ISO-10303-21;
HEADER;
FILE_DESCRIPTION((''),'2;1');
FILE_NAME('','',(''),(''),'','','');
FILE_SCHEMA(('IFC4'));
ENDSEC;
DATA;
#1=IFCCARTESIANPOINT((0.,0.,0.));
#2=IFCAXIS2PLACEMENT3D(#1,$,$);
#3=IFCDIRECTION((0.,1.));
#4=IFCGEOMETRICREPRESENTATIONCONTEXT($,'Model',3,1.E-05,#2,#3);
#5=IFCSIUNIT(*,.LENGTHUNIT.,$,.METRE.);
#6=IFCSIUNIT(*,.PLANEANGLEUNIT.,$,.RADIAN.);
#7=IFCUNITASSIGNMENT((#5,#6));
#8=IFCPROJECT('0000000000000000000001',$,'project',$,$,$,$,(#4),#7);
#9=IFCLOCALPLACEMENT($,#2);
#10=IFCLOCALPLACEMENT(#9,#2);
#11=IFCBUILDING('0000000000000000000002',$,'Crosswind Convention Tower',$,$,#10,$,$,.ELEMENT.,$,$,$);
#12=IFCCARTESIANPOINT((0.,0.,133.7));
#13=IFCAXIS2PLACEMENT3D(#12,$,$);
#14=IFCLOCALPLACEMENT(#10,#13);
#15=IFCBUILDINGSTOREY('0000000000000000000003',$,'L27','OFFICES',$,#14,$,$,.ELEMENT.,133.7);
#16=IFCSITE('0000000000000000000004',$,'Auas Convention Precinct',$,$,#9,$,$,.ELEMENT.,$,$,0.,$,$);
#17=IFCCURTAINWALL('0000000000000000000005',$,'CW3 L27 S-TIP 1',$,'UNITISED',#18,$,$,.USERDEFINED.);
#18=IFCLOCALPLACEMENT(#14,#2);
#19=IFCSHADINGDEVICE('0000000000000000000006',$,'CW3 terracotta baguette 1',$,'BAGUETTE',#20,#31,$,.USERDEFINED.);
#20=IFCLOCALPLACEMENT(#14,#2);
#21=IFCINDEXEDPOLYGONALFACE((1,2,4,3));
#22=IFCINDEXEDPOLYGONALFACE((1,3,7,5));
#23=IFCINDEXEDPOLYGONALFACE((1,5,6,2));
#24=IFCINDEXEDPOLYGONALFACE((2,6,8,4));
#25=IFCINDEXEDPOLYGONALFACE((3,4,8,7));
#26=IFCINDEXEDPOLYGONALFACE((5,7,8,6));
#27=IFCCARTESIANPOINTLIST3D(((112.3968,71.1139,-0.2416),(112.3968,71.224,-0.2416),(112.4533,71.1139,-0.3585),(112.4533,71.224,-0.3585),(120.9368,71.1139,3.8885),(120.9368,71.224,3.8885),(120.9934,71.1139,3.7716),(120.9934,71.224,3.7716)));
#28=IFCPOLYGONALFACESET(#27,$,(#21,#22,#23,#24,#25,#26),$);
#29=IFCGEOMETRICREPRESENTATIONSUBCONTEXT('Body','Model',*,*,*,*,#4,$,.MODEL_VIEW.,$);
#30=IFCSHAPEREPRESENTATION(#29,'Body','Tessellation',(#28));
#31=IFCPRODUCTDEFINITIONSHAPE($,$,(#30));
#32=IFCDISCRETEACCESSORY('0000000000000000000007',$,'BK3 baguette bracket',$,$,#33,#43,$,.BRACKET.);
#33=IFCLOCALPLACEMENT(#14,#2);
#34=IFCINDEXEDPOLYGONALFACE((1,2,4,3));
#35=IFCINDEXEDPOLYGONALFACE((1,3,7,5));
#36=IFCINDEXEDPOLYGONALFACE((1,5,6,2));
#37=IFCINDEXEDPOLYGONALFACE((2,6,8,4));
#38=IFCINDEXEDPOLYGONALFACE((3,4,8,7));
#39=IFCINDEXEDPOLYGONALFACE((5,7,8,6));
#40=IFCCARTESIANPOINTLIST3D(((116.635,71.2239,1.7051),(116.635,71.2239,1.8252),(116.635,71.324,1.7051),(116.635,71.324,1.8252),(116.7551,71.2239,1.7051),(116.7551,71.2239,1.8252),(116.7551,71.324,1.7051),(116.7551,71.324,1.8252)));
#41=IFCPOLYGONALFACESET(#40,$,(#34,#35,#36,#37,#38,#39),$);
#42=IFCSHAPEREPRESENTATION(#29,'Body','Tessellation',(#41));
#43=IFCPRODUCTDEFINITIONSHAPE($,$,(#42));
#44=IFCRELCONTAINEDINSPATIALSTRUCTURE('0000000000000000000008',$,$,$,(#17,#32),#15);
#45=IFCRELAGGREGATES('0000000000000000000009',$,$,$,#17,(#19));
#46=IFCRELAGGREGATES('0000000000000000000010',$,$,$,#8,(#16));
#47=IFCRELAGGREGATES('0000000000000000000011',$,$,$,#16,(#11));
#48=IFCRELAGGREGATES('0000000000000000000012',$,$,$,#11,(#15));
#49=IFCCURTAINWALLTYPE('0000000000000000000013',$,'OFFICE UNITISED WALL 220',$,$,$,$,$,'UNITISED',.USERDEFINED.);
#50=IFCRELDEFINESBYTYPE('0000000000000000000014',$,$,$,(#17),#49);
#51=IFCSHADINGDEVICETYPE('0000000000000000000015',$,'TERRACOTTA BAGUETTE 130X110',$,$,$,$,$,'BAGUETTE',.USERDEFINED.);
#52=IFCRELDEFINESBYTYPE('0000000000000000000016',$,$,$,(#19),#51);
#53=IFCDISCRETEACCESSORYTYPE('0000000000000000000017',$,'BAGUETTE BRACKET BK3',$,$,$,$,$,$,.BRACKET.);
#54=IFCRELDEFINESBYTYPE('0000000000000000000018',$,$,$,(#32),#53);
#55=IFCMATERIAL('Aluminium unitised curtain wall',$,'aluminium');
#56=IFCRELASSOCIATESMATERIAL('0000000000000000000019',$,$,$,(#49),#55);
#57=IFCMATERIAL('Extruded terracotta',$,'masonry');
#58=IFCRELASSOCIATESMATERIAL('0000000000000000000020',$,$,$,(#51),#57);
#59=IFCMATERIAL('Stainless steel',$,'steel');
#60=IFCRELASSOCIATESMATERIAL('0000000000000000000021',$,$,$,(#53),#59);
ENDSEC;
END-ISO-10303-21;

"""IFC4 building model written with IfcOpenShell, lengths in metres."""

from ifc_helpers import new_model, si_unit, direction, frame, origin, origin_2d, place, context, subcontext, project, spatial, rectangle, extrude, material, material_profile, profile_set, type_object, element, aggregate, save


model = new_model("IFC4")

# Units and contexts
model_context = context("Model", 3, precision=1e-05, world=origin(), true_north=direction((0.0, 1.0)))
body_context = subcontext(model_context, "Body", "Model", "MODEL_VIEW")
ifc_project = project(units=[si_unit("LENGTHUNIT", "METRE"), si_unit("PLANEANGLEUNIT", "RADIAN")], contexts=[model_context])

# Site, building, storey
site_placement = place(None, origin())
site = spatial("IfcSite", under=ifc_project, at=site_placement, Name="Auas Convention Precinct", CompositionType="ELEMENT", RefElevation=0.0)
building_placement = place(site_placement, origin())
building = spatial("IfcBuilding", under=site, at=building_placement, Name="Crosswind Convention Tower", CompositionType="ELEMENT")
storey_placement = place(building_placement, frame((0.0, 0.0, 133.7)))
storey = spatial("IfcBuildingStorey", under=building, at=storey_placement, Name="L27", Description="OFFICES", CompositionType="ELEMENT", Elevation=133.7)

# Curtain wall
ifc_material_1 = material(Name="Aluminium unitised curtain wall", Category="aluminium")
curtain_wall_type_1 = type_object("IfcCurtainWallType", Name="OFFICE UNITISED WALL 220", ElementType="UNITISED", PredefinedType="USERDEFINED", material=ifc_material_1)
curtain_wall_1_placement = place(storey_placement, origin())
curtain_wall_1 = element("IfcCurtainWall", 1, at=curtain_wall_1_placement, inside=storey, type_object=curtain_wall_type_1, Name="CW3 L27 S-TIP 1", ObjectType="UNITISED", PredefinedType="USERDEFINED")

# Shading device
ifc_material_2 = material(Name="Extruded terracotta", Category="masonry")
ifc_material_profile_1 = material_profile(ifc_material_2, rectangle(XDim=0.1101, YDim=0.1299, at=origin_2d()), Name="TC 110X130")
ifc_profile_set_1 = profile_set([ifc_material_profile_1], Name="Extruded terracotta")
shading_device_type = type_object("IfcShadingDeviceType", Name="TERRACOTTA BAGUETTE 130X110", ElementType="BAGUETTE", PredefinedType="USERDEFINED", material=ifc_profile_set_1)
shading_device_placement = place(storey_placement, frame((112.425, 71.1689, -0.3), z_axis=(0.900248, 0.0, 0.435377), x_axis=(0.0, 1.0, 0.0)))
shading_device = element("IfcShadingDevice", 2, at=shading_device_placement, type_object=shading_device_type, Name="CW3 terracotta baguette 1", ObjectType="BAGUETTE", PredefinedType="USERDEFINED", context=body_context, shape_type="SweptSolid", body=[
    extrude(rectangle(XDim=0.1101, YDim=0.1299, at=origin_2d()), origin(), (0.0, 0.0, 1.0), 9.4863),
])
aggregate(curtain_wall_1, [shading_device])

# Discrete accessory
ifc_material_3 = material(Name="Stainless steel", Category="steel")
discrete_accessory_type = type_object("IfcDiscreteAccessoryType", Name="BAGUETTE BRACKET BK3", PredefinedType="BRACKET", material=ifc_material_3)
discrete_accessory_placement = place(storey_placement, frame((116.6951, 71.2739, 1.7051), z_axis=(0.0, 0.0, 1.0), x_axis=(1.0, 0.0, 0.0)))
element("IfcDiscreteAccessory", 3, at=discrete_accessory_placement, inside=storey, type_object=discrete_accessory_type, Name="BK3 baguette bracket", PredefinedType="BRACKET", context=body_context, shape_type="SweptSolid", body=[
    extrude(rectangle(XDim=0.1201, YDim=0.1001, at=origin_2d()), origin(), (0.0, 0.0, 1.0), 0.1201),
])

save(model, "model.ifc")
